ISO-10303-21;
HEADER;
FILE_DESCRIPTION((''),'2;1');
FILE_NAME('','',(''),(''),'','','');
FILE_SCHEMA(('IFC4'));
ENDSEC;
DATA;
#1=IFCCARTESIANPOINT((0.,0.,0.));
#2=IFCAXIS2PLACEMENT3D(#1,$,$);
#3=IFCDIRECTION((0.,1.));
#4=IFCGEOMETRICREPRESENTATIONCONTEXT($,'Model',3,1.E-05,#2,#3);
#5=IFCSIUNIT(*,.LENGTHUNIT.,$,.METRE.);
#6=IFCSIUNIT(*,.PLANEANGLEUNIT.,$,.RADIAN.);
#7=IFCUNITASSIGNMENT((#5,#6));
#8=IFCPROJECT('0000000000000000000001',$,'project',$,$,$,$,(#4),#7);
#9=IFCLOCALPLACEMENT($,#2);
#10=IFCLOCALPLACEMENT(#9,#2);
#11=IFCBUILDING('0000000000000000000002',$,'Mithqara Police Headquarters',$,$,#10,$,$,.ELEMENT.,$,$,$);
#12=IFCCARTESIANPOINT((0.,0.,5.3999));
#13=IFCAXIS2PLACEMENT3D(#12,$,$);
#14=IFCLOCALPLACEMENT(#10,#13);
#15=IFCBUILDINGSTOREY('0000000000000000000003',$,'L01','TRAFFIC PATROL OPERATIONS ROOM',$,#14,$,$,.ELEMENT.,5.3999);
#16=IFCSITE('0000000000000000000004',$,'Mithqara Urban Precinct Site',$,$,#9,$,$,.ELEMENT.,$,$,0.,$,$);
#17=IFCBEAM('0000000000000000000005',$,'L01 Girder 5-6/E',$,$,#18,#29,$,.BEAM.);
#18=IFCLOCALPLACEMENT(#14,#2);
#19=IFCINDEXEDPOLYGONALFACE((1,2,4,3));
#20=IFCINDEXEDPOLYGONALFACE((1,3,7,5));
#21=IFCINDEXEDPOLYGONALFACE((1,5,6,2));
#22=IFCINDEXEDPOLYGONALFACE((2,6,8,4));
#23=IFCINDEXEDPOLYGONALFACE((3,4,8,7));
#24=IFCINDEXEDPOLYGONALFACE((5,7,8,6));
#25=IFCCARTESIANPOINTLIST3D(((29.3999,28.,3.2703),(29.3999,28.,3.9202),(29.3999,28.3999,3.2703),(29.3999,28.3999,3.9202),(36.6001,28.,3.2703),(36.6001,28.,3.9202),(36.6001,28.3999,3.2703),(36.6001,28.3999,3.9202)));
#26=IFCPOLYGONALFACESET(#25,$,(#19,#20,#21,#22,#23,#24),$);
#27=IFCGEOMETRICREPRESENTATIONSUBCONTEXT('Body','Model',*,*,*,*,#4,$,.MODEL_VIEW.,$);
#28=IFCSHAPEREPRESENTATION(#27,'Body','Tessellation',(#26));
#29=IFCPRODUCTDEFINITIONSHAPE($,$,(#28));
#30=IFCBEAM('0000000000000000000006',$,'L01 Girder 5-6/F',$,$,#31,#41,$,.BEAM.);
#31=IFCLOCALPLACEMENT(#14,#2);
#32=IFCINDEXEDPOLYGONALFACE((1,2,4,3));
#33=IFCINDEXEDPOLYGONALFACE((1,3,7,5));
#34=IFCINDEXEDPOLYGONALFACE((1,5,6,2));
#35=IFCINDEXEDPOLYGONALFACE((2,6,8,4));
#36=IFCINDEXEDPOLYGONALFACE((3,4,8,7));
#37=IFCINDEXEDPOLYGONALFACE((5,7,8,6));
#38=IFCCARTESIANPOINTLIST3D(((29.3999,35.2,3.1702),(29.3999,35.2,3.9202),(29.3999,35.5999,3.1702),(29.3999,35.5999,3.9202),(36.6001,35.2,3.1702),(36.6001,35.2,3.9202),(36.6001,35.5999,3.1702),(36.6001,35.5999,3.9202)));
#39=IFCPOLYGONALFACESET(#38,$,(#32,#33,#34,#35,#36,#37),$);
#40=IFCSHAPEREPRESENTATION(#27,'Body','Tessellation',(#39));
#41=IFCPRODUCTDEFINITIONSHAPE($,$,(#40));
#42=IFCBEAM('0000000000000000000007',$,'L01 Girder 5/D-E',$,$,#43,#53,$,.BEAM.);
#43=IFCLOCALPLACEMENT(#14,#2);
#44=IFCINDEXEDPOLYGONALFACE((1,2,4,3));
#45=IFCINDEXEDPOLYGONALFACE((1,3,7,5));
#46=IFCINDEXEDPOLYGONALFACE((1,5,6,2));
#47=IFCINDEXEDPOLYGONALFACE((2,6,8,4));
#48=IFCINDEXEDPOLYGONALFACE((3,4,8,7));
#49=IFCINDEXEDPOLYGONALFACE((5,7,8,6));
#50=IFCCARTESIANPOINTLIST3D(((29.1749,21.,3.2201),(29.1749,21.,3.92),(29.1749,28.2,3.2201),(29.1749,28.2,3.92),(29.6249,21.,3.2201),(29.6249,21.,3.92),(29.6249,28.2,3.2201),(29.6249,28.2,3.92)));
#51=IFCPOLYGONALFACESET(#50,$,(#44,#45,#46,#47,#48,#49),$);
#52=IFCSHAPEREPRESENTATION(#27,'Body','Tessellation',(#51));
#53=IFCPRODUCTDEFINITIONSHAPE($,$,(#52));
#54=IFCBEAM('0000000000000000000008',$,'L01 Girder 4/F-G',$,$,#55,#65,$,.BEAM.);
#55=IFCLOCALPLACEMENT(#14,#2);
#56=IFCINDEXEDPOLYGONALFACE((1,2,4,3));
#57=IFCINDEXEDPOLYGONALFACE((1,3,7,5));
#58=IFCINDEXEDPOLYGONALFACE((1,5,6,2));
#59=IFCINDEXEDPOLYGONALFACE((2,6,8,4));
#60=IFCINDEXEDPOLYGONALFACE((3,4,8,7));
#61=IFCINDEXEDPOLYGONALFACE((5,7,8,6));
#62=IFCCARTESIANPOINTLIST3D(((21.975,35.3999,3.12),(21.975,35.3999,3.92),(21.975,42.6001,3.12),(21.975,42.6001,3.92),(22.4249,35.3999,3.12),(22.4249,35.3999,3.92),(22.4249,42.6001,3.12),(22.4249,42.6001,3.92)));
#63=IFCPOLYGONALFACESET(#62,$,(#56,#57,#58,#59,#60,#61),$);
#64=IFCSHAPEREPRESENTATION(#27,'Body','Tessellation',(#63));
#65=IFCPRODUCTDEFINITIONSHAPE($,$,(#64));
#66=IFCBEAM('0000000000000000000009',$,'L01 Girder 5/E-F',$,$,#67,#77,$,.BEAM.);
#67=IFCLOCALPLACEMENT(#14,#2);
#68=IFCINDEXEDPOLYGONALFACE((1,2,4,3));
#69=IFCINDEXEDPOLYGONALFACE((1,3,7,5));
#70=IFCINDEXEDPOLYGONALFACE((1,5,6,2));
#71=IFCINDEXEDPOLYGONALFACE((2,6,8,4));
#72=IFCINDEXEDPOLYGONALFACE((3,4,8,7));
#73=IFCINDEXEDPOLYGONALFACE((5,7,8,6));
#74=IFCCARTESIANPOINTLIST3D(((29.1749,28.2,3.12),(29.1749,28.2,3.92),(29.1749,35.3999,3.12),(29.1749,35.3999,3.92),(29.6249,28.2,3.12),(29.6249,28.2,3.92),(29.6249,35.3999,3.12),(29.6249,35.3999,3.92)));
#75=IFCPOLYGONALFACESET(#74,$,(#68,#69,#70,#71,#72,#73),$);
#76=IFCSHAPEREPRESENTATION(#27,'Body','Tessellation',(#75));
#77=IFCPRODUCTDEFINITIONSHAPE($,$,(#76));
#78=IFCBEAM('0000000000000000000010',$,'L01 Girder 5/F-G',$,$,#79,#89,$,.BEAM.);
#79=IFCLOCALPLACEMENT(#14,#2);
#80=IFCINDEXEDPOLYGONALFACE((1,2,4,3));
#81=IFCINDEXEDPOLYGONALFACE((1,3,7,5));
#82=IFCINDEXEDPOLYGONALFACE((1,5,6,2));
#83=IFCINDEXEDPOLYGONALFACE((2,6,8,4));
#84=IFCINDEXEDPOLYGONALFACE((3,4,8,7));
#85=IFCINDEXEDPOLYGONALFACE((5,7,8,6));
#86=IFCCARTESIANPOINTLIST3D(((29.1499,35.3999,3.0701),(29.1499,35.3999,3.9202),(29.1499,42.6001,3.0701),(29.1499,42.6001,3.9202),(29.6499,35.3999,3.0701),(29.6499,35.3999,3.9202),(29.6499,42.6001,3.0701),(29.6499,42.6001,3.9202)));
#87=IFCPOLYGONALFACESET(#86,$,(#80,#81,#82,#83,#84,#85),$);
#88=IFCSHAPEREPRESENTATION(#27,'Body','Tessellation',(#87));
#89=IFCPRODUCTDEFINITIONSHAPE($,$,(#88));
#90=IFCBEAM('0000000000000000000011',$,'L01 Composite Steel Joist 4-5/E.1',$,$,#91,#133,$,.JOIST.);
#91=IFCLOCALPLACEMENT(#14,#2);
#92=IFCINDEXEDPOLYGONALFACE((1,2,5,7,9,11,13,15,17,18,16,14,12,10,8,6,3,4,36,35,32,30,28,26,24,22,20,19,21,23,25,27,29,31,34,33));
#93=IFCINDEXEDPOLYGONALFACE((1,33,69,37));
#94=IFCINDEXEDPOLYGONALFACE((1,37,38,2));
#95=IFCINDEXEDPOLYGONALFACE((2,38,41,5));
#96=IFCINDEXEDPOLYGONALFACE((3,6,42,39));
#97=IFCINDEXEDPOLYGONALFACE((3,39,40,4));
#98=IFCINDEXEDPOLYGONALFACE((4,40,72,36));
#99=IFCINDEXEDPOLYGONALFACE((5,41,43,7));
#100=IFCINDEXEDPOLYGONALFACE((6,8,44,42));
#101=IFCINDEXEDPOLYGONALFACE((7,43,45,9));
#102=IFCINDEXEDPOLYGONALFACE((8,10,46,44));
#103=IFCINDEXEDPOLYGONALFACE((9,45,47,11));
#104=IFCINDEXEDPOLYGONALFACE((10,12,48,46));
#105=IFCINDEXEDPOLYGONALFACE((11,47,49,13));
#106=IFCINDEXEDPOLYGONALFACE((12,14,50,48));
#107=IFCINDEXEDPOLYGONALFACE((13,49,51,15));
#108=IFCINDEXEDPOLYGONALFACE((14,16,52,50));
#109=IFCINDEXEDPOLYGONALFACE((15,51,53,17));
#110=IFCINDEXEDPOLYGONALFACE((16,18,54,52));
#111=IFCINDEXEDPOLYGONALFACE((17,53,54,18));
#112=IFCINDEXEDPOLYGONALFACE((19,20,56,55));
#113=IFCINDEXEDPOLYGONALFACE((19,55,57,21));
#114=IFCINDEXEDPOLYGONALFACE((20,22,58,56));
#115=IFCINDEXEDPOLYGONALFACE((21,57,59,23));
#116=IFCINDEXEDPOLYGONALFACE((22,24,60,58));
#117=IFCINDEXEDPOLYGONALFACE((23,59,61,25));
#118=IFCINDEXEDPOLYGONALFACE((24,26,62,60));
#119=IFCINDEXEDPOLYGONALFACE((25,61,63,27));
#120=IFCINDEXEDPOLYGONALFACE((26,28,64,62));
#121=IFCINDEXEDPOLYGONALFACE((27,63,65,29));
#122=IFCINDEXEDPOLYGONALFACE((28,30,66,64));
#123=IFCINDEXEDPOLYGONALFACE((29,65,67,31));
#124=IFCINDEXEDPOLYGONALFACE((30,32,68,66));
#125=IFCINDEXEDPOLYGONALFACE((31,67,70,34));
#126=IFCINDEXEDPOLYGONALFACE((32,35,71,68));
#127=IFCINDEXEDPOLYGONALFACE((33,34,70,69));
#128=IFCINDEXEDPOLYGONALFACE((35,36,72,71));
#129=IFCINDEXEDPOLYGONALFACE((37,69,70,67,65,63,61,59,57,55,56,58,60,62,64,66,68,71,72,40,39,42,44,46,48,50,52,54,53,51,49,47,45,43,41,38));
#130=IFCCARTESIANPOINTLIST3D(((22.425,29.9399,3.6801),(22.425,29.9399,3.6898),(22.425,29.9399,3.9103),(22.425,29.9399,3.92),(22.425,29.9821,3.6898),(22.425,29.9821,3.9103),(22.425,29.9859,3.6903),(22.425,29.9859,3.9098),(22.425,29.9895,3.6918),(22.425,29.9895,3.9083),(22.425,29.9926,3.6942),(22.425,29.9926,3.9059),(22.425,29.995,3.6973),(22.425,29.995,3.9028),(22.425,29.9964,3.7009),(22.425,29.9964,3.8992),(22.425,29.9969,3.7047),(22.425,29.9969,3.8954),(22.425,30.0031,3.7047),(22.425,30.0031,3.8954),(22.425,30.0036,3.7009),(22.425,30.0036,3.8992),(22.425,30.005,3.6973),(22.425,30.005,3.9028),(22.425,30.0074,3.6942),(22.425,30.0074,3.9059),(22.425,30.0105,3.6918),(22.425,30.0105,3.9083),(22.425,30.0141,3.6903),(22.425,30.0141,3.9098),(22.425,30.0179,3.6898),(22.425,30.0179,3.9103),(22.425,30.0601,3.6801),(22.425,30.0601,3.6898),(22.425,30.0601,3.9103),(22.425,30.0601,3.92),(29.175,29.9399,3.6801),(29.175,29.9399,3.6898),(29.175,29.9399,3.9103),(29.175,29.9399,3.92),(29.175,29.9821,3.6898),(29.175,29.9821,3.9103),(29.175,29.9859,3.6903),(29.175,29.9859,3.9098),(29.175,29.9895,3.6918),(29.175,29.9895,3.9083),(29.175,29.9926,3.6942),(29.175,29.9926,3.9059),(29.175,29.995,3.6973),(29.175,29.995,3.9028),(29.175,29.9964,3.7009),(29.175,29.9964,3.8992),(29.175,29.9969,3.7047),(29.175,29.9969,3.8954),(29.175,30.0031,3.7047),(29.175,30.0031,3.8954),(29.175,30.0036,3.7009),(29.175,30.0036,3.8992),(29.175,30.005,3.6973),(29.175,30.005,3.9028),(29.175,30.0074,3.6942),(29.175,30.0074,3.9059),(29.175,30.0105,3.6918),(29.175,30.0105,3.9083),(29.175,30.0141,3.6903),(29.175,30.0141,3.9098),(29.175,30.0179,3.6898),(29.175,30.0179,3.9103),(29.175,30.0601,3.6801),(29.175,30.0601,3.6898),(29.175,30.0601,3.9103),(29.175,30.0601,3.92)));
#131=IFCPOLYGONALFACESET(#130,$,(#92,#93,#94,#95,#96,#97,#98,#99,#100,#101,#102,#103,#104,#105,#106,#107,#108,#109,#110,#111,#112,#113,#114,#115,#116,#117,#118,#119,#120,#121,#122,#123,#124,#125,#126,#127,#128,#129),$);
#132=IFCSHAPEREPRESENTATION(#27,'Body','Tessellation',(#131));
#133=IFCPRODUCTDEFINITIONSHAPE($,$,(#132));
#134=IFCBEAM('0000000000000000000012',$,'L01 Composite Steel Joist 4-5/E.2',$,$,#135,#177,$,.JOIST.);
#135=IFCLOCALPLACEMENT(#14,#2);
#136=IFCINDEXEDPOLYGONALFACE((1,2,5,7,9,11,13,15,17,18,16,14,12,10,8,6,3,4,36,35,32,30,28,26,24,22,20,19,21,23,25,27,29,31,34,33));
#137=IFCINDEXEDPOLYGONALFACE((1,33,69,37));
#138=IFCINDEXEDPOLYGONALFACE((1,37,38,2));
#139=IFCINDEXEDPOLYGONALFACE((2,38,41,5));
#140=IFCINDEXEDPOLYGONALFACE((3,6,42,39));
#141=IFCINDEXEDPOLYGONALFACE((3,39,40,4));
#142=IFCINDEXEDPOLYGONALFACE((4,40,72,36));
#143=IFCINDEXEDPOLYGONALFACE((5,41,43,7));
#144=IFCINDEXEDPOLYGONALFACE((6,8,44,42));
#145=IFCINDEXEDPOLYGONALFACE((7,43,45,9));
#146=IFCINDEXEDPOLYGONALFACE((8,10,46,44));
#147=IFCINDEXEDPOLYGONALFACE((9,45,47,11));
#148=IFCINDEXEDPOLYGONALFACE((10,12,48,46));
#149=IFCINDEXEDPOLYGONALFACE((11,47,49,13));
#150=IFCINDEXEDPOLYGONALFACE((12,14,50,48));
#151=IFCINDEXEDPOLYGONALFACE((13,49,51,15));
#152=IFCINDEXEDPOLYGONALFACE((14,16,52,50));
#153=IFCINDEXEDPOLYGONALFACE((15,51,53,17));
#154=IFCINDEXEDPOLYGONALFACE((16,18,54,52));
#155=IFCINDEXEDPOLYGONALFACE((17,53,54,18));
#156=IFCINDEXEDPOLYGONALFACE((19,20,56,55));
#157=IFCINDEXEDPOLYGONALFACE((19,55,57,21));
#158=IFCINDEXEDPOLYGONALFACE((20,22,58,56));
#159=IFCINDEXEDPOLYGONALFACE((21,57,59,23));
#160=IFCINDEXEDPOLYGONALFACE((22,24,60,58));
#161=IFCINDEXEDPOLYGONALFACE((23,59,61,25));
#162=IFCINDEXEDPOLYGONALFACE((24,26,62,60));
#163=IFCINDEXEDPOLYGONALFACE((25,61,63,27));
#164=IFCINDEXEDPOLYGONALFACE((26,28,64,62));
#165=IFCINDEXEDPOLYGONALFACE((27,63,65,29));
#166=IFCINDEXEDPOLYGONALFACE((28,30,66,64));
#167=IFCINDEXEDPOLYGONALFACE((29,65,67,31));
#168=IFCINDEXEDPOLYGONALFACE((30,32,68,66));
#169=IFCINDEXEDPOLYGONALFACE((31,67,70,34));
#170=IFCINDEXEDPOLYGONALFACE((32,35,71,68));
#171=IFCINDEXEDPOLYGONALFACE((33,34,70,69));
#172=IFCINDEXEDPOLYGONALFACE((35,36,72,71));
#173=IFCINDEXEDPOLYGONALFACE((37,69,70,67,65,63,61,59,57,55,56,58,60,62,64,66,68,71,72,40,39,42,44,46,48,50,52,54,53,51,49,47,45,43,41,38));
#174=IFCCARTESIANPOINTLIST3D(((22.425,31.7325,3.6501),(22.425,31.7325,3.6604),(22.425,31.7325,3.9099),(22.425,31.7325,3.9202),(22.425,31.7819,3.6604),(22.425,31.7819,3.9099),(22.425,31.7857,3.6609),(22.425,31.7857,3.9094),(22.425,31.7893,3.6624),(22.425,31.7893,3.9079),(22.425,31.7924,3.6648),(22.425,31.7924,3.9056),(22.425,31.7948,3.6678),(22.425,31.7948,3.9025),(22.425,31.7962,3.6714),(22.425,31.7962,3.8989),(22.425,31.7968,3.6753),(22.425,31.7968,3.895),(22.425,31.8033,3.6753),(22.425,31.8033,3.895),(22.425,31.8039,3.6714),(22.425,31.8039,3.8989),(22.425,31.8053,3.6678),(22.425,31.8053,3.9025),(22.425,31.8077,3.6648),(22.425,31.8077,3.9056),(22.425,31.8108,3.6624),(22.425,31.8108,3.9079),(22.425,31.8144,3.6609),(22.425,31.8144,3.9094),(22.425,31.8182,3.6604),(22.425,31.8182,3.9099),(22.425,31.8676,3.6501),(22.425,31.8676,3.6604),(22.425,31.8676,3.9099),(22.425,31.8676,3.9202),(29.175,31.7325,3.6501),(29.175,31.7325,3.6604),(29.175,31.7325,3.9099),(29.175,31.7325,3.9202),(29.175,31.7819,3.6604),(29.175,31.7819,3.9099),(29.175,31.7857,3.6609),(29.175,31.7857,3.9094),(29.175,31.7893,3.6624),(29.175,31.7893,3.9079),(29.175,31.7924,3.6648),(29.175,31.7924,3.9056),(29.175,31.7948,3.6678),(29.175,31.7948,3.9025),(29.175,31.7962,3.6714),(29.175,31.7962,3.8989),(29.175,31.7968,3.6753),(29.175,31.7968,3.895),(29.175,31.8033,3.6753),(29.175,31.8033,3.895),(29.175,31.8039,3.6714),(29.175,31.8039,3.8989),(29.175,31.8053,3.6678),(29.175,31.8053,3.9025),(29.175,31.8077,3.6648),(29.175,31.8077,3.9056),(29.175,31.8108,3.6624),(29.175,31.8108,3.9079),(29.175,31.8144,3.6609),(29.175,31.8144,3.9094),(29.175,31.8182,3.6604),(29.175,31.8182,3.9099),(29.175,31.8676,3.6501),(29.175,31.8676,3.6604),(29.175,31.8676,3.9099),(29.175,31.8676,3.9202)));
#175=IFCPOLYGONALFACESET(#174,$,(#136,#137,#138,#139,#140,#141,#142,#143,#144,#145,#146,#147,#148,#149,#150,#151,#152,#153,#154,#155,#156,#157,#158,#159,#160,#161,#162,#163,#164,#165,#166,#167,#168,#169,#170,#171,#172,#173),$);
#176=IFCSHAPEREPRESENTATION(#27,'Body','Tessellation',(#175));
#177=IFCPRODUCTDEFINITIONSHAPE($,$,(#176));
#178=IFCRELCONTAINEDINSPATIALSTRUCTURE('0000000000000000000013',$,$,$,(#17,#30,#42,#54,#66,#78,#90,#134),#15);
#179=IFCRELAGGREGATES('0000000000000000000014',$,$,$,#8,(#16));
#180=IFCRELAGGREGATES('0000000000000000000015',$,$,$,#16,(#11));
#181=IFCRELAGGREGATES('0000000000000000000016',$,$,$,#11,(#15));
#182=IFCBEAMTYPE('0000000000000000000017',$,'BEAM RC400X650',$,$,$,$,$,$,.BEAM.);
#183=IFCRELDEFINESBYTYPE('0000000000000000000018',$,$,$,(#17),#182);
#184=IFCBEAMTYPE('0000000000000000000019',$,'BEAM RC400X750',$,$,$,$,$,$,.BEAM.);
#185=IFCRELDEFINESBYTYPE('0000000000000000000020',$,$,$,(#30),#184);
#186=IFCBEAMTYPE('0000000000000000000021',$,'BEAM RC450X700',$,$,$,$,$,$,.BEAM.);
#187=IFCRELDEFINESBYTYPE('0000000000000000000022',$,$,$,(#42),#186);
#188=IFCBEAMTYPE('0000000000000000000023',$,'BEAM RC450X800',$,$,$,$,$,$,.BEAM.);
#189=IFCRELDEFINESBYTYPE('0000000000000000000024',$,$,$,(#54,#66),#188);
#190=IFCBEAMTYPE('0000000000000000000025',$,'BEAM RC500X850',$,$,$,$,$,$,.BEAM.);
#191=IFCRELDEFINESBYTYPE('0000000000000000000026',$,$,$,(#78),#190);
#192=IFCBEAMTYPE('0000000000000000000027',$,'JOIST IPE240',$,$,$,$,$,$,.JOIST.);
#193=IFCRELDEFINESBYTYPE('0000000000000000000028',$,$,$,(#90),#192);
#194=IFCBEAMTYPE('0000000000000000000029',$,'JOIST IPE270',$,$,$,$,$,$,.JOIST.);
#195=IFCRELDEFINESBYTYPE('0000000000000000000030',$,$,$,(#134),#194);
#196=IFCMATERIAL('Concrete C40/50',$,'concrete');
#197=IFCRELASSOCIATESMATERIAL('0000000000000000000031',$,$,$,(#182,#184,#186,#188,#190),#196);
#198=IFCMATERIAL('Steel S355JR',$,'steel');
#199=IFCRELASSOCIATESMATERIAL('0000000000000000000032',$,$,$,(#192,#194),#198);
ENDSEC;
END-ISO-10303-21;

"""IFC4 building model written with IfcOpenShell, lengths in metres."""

from ifc_helpers import new_model, si_unit, direction, frame, origin, origin_2d, place, context, subcontext, project, spatial, rectangle, i_section, extrude, material, material_profile, profile_set, type_object, element, save


model = new_model("IFC4")

# Units and contexts
model_context = context("Model", 3, precision=1e-05, world=origin(), true_north=direction((0.0, 1.0)))
body_context = subcontext(model_context, "Body", "Model", "MODEL_VIEW")
ifc_project = project(units=[si_unit("LENGTHUNIT", "METRE"), si_unit("PLANEANGLEUNIT", "RADIAN")], contexts=[model_context])

# Site, building, storey
site_placement = place(None, origin())
site = spatial("IfcSite", under=ifc_project, at=site_placement, Name="Mithqara Urban Precinct Site", CompositionType="ELEMENT", RefElevation=0.0)
building_placement = place(site_placement, origin())
building = spatial("IfcBuilding", under=site, at=building_placement, Name="Mithqara Police Headquarters", CompositionType="ELEMENT")
storey_placement = place(building_placement, frame((0.0, 0.0, 5.3999)))
storey = spatial("IfcBuildingStorey", under=building, at=storey_placement, Name="L01", Description="TRAFFIC PATROL OPERATIONS ROOM", CompositionType="ELEMENT", Elevation=5.3999)

# Beams
ifc_material_1 = material(Name="Steel S355JR", Category="steel")
ifc_material_2 = material(Name="Concrete C40/50", Category="concrete")
ifc_material_profile_1 = material_profile(ifc_material_2, rectangle(XDim=0.3999, YDim=0.6499, at=origin_2d()), Name="RC 400x650")
ifc_profile_set_1 = profile_set([ifc_material_profile_1], Name="Concrete C40/50")
beam_type_1 = type_object("IfcBeamType", Name="BEAM RC400X650", PredefinedType="BEAM", material=ifc_profile_set_1)
beam_1_placement = place(storey_placement, frame((29.3999, 28.2, 3.5952), z_axis=(1.0, 0.0, 0.0), x_axis=(0.0, 1.0, 0.0)))
element("IfcBeam", 1, at=beam_1_placement, inside=storey, type_object=beam_type_1, Name="L01 Girder 5-6/E", PredefinedType="BEAM", context=body_context, shape_type="SweptSolid", body=[
    extrude(rectangle(XDim=0.3999, YDim=0.6499, at=origin_2d()), origin(), (0.0, 0.0, 1.0), 7.2002),
])
ifc_material_profile_2 = material_profile(ifc_material_2, rectangle(XDim=0.3999, YDim=0.75, at=origin_2d()), Name="RC 400x750")
ifc_profile_set_2 = profile_set([ifc_material_profile_2], Name="Concrete C40/50")
beam_type_2 = type_object("IfcBeamType", Name="BEAM RC400X750", PredefinedType="BEAM", material=ifc_profile_set_2)
beam_2_placement = place(storey_placement, frame((29.3999, 35.3999, 3.5452), z_axis=(1.0, 0.0, 0.0), x_axis=(0.0, 1.0, 0.0)))
element("IfcBeam", 2, at=beam_2_placement, inside=storey, type_object=beam_type_2, Name="L01 Girder 5-6/F", PredefinedType="BEAM", context=body_context, shape_type="SweptSolid", body=[
    extrude(rectangle(XDim=0.3999, YDim=0.75, at=origin_2d()), origin(), (0.0, 0.0, 1.0), 7.2002),
])
ifc_material_profile_3 = material_profile(ifc_material_2, rectangle(XDim=0.45, YDim=0.7, at=origin_2d()), Name="RC 450x700")
ifc_profile_set_3 = profile_set([ifc_material_profile_3], Name="Concrete C40/50")
beam_type_3 = type_object("IfcBeamType", Name="BEAM RC450X700", PredefinedType="BEAM", material=ifc_profile_set_3)
beam_3_placement = place(storey_placement, frame((29.3999, 21.0, 3.5701), z_axis=(0.0, 1.0, 0.0), x_axis=(-1.0, 0.0, 0.0)))
element("IfcBeam", 3, at=beam_3_placement, inside=storey, type_object=beam_type_3, Name="L01 Girder 5/D-E", PredefinedType="BEAM", context=body_context, shape_type="SweptSolid", body=[
    extrude(rectangle(XDim=0.45, YDim=0.7, at=origin_2d()), origin(), (0.0, 0.0, 1.0), 7.2),
])
ifc_material_profile_4 = material_profile(ifc_material_2, rectangle(XDim=0.45, YDim=0.8, at=origin_2d()), Name="RC 450x800")
ifc_profile_set_4 = profile_set([ifc_material_profile_4], Name="Concrete C40/50")
beam_type_4 = type_object("IfcBeamType", Name="BEAM RC450X800", PredefinedType="BEAM", material=ifc_profile_set_4)
beam_4_placement = place(storey_placement, frame((22.2, 35.3999, 3.52), z_axis=(0.0, 1.0, 0.0), x_axis=(-1.0, 0.0, 0.0)))
element("IfcBeam", 4, at=beam_4_placement, inside=storey, type_object=beam_type_4, Name="L01 Girder 4/F-G", PredefinedType="BEAM", context=body_context, shape_type="SweptSolid", body=[
    extrude(rectangle(XDim=0.45, YDim=0.8, at=origin_2d()), origin(), (0.0, 0.0, 1.0), 7.2002),
])
beam_5_placement = place(storey_placement, frame((29.3999, 28.2, 3.52), z_axis=(0.0, 1.0, 0.0), x_axis=(-1.0, 0.0, 0.0)))
element("IfcBeam", 5, at=beam_5_placement, inside=storey, type_object=beam_type_4, Name="L01 Girder 5/E-F", PredefinedType="BEAM", context=body_context, shape_type="SweptSolid", body=[
    extrude(rectangle(XDim=0.45, YDim=0.8, at=origin_2d()), origin(), (0.0, 0.0, 1.0), 7.2),
])
ifc_material_profile_5 = material_profile(ifc_material_2, rectangle(XDim=0.5, YDim=0.8501, at=origin_2d()), Name="RC 500x850")
ifc_profile_set_5 = profile_set([ifc_material_profile_5], Name="Concrete C40/50")
beam_type_5 = type_object("IfcBeamType", Name="BEAM RC500X850", PredefinedType="BEAM", material=ifc_profile_set_5)
beam_6_placement = place(storey_placement, frame((29.3999, 35.3999, 3.4951), z_axis=(0.0, 1.0, 0.0), x_axis=(-1.0, 0.0, 0.0)))
element("IfcBeam", 6, at=beam_6_placement, inside=storey, type_object=beam_type_5, Name="L01 Girder 5/F-G", PredefinedType="BEAM", context=body_context, shape_type="SweptSolid", body=[
    extrude(rectangle(XDim=0.5, YDim=0.8501, at=origin_2d()), origin(), (0.0, 0.0, 1.0), 7.2002),
])
ifc_material_profile_6 = material_profile(ifc_material_1, i_section(OverallWidth=0.1201, OverallDepth=0.24, WebThickness=0.0061, FlangeThickness=0.0098, FilletRadius=0.0149, at=origin_2d()), Name="IPE 240")
ifc_profile_set_6 = profile_set([ifc_material_profile_6], Name="Steel S355JR")
beam_type_6 = type_object("IfcBeamType", Name="JOIST IPE240", PredefinedType="JOIST", material=ifc_profile_set_6)
beam_7_placement = place(storey_placement, frame((22.425, 30.0, 3.8), z_axis=(1.0, 0.0, 0.0), x_axis=(0.0, 1.0, 0.0)))
element("IfcBeam", 7, at=beam_7_placement, inside=storey, type_object=beam_type_6, Name="L01 Composite Steel Joist 4-5/E.1", PredefinedType="JOIST", context=body_context, shape_type="SweptSolid", body=[
    extrude(i_section(OverallWidth=0.1201, OverallDepth=0.24, WebThickness=0.0061, FlangeThickness=0.0098, FilletRadius=0.0149, at=origin_2d()), origin(), (0.0, 0.0, 1.0), 6.75),
])
ifc_material_profile_7 = material_profile(ifc_material_1, i_section(OverallWidth=0.135, OverallDepth=0.27, WebThickness=0.0066, FlangeThickness=0.0103, FilletRadius=0.0149, at=origin_2d()), Name="IPE 270")
ifc_profile_set_7 = profile_set([ifc_material_profile_7], Name="Steel S355JR")
beam_type_7 = type_object("IfcBeamType", Name="JOIST IPE270", PredefinedType="JOIST", material=ifc_profile_set_7)
beam_8_placement = place(storey_placement, frame((22.425, 31.8, 3.7852), z_axis=(1.0, 0.0, 0.0), x_axis=(0.0, 1.0, 0.0)))
element("IfcBeam", 8, at=beam_8_placement, inside=storey, type_object=beam_type_7, Name="L01 Composite Steel Joist 4-5/E.2", PredefinedType="JOIST", context=body_context, shape_type="SweptSolid", body=[
    extrude(i_section(OverallWidth=0.135, OverallDepth=0.27, WebThickness=0.0066, FlangeThickness=0.0103, FilletRadius=0.0149, at=origin_2d()), origin(), (0.0, 0.0, 1.0), 6.75),
])

save(model, "model.ifc")
